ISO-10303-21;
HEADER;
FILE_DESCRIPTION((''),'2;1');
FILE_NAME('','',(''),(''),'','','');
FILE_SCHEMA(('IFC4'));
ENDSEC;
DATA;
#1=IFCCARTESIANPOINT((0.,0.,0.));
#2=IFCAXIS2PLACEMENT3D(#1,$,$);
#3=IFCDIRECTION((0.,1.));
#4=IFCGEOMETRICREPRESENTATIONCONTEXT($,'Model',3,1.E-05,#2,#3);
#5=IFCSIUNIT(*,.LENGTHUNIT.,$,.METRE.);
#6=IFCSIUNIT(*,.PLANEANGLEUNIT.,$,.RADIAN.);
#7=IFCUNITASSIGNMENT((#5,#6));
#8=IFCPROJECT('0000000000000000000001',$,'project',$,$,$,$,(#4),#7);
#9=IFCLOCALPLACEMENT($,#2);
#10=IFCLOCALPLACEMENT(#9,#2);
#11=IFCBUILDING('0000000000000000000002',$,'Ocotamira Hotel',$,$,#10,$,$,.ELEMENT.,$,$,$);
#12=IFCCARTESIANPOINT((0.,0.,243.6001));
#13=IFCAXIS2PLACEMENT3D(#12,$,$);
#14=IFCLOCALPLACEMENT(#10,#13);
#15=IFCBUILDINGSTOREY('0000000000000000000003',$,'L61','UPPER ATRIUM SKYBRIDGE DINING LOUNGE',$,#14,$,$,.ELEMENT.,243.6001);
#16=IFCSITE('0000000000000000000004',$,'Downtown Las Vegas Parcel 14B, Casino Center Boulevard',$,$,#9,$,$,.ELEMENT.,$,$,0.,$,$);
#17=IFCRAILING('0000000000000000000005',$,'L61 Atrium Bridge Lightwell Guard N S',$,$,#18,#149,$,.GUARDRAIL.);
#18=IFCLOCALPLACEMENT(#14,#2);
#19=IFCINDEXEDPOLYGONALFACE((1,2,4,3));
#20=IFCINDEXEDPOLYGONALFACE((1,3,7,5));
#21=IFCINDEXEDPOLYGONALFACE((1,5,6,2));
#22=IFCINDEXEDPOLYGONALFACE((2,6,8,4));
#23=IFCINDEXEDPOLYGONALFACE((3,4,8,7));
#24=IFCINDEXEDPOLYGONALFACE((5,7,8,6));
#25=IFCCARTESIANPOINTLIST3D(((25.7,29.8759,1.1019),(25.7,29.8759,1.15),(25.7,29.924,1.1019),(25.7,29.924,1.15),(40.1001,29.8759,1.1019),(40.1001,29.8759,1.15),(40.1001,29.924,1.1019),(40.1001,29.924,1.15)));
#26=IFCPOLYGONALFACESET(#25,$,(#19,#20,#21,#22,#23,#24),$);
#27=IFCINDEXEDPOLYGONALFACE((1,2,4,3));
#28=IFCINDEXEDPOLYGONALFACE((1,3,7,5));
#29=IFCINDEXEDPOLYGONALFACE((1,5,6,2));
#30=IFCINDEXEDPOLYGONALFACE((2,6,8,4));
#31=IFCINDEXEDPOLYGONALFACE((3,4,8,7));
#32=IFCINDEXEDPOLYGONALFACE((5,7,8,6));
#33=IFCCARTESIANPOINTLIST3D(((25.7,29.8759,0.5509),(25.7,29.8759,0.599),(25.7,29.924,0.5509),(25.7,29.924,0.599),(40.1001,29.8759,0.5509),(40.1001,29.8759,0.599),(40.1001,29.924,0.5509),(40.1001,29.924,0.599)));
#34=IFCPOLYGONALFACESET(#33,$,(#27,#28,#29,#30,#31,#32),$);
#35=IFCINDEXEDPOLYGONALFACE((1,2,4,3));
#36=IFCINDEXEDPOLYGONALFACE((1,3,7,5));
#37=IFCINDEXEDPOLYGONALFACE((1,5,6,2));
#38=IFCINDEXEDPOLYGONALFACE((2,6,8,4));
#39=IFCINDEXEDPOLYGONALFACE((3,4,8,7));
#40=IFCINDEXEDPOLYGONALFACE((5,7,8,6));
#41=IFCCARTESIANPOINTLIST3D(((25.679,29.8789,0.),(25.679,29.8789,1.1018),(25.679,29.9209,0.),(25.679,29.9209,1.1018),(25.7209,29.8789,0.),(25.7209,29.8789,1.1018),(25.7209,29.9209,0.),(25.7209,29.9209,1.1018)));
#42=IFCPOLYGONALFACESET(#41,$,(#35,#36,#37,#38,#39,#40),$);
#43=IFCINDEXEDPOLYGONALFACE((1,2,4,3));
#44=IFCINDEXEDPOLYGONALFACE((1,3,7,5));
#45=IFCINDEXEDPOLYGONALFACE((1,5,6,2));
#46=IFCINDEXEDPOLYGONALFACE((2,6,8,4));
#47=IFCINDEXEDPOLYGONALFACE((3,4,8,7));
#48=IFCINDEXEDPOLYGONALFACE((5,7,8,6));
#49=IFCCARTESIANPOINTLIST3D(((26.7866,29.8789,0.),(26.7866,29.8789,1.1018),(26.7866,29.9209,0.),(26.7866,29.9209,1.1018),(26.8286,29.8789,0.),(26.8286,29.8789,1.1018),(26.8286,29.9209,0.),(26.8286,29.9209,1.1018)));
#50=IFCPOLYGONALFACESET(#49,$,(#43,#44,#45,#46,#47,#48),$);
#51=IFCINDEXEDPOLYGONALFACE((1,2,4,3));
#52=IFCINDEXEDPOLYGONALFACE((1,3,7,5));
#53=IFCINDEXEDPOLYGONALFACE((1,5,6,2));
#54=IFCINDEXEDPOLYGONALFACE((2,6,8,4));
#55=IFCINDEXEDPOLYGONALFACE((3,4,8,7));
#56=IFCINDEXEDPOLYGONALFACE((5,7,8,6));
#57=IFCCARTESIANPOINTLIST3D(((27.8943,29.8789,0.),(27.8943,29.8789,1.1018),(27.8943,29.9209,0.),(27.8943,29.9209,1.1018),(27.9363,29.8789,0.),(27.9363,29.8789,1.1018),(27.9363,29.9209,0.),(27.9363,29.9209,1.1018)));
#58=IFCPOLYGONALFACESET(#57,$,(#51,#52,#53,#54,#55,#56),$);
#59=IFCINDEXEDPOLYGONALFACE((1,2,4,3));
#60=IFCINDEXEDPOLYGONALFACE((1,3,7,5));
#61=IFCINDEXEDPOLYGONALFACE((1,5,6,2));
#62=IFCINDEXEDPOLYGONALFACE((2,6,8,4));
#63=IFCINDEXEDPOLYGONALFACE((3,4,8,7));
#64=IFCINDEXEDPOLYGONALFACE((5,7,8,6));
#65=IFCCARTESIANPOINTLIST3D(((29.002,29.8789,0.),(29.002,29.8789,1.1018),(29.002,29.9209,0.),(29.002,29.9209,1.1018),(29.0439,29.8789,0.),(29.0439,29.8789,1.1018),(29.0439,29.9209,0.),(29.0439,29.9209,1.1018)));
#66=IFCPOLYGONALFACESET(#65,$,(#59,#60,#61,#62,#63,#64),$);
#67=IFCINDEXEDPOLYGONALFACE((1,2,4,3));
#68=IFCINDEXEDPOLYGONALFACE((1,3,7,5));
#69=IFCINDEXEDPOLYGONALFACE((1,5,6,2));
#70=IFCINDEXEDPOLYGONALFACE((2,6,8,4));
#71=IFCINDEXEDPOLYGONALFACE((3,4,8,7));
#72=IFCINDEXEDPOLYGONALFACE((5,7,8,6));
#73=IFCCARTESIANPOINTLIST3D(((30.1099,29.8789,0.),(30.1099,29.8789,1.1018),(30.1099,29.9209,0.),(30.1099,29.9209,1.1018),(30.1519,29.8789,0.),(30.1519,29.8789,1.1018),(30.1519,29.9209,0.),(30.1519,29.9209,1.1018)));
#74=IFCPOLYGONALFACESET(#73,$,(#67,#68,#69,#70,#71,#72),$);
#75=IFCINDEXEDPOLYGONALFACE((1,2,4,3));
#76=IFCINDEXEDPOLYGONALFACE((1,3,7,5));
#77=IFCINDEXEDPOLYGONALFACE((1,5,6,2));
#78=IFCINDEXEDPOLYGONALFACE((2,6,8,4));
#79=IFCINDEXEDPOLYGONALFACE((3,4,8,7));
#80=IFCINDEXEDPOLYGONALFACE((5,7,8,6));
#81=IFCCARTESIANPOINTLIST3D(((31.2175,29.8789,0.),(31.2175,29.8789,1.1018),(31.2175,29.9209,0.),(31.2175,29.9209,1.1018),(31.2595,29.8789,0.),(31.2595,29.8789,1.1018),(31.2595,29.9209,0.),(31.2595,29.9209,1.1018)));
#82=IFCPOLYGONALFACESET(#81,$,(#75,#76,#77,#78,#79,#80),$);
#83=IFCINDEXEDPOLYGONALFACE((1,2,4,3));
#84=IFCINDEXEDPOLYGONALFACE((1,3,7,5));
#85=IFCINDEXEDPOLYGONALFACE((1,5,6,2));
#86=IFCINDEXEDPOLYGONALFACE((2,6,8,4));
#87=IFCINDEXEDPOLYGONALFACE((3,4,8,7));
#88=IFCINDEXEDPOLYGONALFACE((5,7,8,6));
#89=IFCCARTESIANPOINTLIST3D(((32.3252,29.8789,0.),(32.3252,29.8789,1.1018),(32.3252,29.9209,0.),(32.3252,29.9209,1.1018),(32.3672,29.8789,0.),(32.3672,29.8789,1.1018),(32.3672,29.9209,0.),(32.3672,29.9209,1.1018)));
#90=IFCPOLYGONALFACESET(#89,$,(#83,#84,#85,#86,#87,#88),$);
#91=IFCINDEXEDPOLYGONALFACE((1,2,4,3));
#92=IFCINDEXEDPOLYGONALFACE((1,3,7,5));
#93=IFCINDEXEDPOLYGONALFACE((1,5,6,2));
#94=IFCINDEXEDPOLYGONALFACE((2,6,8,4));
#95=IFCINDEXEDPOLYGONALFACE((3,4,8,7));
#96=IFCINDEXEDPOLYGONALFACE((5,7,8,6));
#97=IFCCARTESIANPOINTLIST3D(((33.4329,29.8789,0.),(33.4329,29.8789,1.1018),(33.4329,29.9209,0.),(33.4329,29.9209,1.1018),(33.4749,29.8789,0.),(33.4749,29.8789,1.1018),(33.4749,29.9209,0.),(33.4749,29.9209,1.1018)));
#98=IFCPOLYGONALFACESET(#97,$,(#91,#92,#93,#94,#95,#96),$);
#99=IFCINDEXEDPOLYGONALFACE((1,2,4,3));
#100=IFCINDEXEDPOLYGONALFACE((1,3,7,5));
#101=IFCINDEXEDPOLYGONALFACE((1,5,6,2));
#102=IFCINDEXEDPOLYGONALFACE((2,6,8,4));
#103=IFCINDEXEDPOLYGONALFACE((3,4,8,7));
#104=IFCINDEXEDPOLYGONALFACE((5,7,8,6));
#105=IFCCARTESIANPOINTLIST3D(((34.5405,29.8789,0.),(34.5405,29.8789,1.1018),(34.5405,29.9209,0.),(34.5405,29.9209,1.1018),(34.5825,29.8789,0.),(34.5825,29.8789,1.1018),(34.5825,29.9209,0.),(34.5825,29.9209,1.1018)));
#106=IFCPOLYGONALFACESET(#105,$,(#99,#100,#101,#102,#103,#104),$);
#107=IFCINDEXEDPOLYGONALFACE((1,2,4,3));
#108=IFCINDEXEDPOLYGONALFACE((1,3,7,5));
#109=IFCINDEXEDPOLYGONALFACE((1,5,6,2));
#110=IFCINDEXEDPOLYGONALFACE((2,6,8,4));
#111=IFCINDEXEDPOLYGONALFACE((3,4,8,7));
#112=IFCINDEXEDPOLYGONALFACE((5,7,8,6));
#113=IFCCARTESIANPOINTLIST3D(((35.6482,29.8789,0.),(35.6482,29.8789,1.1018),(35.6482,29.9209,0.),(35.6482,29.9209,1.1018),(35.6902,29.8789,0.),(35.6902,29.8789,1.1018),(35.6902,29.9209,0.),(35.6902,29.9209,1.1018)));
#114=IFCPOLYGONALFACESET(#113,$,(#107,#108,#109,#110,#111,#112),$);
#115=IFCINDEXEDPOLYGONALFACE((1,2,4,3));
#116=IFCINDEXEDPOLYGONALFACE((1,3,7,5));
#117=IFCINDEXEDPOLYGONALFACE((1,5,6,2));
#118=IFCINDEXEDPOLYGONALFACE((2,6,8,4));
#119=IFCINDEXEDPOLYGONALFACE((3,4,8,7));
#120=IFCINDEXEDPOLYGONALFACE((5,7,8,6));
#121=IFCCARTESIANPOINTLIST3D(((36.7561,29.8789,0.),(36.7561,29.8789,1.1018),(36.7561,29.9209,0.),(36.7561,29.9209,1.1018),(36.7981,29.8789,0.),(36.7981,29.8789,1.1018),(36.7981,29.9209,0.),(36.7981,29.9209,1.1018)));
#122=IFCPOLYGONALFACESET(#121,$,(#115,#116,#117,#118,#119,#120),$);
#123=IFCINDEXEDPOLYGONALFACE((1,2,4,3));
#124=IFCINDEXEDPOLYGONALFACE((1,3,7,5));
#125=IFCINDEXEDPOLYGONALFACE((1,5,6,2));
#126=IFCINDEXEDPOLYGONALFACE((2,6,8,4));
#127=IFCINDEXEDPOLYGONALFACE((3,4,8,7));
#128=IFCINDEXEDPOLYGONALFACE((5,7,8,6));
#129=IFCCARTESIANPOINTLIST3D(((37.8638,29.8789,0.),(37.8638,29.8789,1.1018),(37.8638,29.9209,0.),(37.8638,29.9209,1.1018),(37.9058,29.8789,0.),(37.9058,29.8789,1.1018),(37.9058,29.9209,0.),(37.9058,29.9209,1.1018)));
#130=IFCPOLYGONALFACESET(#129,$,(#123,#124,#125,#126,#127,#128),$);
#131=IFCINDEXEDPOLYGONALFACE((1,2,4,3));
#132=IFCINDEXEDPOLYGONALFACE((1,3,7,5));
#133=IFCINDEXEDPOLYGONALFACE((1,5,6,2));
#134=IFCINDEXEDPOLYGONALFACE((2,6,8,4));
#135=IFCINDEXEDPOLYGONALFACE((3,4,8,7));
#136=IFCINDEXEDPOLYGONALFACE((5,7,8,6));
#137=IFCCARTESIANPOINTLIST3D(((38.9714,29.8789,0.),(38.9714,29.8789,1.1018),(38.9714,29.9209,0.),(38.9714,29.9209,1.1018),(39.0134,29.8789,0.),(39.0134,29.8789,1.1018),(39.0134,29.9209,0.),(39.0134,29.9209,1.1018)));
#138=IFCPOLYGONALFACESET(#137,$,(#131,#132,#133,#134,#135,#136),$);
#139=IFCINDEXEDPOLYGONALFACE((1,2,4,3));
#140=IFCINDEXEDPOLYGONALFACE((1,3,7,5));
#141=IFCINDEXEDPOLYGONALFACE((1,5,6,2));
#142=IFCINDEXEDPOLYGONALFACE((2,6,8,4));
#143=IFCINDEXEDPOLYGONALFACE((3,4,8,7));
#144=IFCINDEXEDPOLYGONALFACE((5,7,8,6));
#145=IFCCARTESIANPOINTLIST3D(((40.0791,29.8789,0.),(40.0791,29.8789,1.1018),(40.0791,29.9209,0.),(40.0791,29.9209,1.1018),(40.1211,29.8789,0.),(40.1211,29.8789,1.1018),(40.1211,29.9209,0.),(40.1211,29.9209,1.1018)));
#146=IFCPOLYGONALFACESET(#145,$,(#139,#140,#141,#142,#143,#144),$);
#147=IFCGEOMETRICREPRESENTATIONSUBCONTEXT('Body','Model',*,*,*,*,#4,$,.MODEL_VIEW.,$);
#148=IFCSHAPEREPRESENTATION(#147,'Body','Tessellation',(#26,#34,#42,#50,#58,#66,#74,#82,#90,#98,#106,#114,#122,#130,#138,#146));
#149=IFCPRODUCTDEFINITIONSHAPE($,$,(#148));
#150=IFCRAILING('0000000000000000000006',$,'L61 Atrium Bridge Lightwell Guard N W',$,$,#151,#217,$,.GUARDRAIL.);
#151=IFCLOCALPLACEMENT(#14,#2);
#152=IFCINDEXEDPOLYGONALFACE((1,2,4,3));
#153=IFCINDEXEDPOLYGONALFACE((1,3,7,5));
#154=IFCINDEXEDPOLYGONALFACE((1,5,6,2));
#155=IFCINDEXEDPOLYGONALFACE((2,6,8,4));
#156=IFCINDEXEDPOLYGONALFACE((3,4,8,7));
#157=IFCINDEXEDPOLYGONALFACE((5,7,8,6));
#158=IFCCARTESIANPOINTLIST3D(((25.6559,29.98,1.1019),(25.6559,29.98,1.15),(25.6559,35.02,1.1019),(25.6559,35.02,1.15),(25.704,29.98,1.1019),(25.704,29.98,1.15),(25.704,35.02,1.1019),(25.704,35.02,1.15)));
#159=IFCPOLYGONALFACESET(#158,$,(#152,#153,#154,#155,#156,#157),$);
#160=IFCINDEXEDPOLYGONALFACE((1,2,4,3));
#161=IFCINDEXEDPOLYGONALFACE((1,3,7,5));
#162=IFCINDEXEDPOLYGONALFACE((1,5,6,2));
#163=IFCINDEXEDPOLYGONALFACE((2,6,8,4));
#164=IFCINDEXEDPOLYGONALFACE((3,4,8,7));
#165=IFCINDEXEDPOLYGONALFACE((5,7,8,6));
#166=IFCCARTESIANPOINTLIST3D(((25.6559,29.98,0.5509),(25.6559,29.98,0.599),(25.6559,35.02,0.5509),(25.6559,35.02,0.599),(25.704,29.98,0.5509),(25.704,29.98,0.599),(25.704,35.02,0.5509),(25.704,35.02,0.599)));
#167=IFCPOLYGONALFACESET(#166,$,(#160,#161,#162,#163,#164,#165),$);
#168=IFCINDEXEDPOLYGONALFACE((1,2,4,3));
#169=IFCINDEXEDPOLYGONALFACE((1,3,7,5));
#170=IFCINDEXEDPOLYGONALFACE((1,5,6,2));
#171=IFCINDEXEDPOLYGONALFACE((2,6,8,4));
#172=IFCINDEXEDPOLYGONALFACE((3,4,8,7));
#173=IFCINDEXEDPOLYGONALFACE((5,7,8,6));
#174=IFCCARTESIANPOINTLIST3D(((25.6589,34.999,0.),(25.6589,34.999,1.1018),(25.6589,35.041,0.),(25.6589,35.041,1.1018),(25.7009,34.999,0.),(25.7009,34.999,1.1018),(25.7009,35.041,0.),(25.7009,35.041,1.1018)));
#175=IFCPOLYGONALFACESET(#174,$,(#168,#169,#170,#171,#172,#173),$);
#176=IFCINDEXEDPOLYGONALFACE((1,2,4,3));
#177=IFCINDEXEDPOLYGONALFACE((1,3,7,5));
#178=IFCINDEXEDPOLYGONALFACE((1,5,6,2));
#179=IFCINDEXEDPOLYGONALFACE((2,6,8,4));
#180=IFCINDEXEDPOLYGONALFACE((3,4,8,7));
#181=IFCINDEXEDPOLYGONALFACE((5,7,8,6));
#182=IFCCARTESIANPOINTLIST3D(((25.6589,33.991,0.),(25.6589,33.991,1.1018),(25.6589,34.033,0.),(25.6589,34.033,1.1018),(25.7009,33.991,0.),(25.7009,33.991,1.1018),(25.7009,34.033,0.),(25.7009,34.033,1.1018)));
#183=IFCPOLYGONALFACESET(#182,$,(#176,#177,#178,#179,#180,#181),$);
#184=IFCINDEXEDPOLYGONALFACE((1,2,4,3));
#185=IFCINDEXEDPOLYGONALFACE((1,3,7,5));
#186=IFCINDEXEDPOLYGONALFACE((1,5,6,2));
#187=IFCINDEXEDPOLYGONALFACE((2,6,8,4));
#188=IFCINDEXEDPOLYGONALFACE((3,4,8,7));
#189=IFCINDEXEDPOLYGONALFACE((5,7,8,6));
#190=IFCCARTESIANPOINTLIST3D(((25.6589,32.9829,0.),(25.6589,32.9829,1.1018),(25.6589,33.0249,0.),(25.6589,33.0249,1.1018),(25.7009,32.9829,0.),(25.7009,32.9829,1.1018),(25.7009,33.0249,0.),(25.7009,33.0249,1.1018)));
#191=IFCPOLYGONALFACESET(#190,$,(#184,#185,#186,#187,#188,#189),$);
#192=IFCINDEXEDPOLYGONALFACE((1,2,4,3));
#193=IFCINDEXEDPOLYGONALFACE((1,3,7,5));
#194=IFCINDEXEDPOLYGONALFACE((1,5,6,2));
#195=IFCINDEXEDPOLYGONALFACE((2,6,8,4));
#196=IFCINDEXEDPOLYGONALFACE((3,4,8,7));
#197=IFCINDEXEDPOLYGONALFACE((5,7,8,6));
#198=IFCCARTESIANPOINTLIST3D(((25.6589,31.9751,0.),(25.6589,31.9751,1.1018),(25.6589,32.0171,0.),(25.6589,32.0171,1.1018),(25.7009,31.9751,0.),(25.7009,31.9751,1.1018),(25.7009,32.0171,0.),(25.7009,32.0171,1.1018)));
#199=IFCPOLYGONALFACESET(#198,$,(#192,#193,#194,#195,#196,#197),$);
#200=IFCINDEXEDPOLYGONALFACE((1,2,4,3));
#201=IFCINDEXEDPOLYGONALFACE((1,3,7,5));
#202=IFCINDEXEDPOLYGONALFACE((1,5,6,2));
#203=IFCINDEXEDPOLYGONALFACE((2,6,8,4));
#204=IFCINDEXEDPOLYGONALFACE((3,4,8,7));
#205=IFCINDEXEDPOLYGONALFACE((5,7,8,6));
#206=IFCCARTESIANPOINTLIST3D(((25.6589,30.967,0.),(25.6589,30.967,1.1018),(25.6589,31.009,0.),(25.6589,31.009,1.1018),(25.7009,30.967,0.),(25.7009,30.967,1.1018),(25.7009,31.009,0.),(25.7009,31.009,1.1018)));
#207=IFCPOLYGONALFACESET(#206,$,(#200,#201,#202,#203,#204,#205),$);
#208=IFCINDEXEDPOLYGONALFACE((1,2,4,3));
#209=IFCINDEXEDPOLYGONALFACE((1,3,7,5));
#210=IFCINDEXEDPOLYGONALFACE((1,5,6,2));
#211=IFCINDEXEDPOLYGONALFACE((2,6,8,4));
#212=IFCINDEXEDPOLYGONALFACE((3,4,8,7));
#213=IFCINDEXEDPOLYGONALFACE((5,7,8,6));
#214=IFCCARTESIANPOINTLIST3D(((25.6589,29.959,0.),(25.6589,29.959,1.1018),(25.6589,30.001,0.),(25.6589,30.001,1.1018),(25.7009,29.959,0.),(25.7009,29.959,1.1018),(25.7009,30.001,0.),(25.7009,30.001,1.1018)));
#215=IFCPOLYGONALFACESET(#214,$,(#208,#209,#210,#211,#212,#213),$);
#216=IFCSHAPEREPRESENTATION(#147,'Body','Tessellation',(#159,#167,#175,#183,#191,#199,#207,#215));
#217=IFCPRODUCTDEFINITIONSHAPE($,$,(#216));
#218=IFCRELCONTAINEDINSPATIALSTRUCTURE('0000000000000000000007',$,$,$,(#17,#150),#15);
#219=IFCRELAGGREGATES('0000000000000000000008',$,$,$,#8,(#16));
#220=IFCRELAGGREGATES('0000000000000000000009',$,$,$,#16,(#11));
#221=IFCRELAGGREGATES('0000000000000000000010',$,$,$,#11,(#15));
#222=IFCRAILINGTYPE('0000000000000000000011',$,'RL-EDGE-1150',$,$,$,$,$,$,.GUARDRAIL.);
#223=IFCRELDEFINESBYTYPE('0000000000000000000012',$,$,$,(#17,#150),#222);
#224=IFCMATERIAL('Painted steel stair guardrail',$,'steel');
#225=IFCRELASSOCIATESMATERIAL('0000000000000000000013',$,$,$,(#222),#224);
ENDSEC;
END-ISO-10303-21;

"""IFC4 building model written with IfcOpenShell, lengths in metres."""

from ifc_helpers import new_model, si_unit, direction, frame, origin, origin_2d, place, context, subcontext, project, spatial, rectangle, extrude, material, type_object, element, save


model = new_model("IFC4")

# Units and contexts
model_context = context("Model", 3, precision=1e-05, world=origin(), true_north=direction((0.0, 1.0)))
body_context = subcontext(model_context, "Body", "Model", "MODEL_VIEW")
ifc_project = project(units=[si_unit("LENGTHUNIT", "METRE"), si_unit("PLANEANGLEUNIT", "RADIAN")], contexts=[model_context])

# Site, building, storey
site_placement = place(None, origin())
site = spatial("IfcSite", under=ifc_project, at=site_placement, Name="Downtown Las Vegas Parcel 14B, Casino Center Boulevard", CompositionType="ELEMENT", RefElevation=0.0)
building_placement = place(site_placement, origin())
building = spatial("IfcBuilding", under=site, at=building_placement, Name="Ocotamira Hotel", CompositionType="ELEMENT")
storey_placement = place(building_placement, frame((0.0, 0.0, 243.6001)))
storey = spatial("IfcBuildingStorey", under=building, at=storey_placement, Name="L61", Description="UPPER ATRIUM SKYBRIDGE DINING LOUNGE", CompositionType="ELEMENT", Elevation=243.6001)

# Railings
ifc_material_1 = material(Name="Painted steel stair guardrail", Category="steel")
railing_type = type_object("IfcRailingType", Name="RL-EDGE-1150", PredefinedType="GUARDRAIL", material=ifc_material_1)
railing_1_placement = place(storey_placement, frame((25.7, 29.8999, 0.0)))
element("IfcRailing", 1, at=railing_1_placement, inside=storey, type_object=railing_type, Name="L61 Atrium Bridge Lightwell Guard N S", PredefinedType="GUARDRAIL", context=body_context, shape_type="SweptSolid", body=[
    extrude(rectangle(XDim=0.0481, YDim=0.0481, at=origin_2d()), frame((0.0, 0.0, 1.126), z_axis=(1.0, 0.0, 0.0), x_axis=(0.0, 1.0, 0.0)), (0.0, 0.0, 1.0), 14.4001),
    extrude(rectangle(XDim=0.0481, YDim=0.0481, at=origin_2d()), frame((0.0, 0.0, 0.575), z_axis=(1.0, 0.0, 0.0), x_axis=(0.0, 1.0, 0.0)), (0.0, 0.0, 1.0), 14.4001),
    extrude(rectangle(XDim=0.042, YDim=0.042, at=origin_2d()), origin(), (0.0, 0.0, 1.0), 1.1018),
    extrude(rectangle(XDim=0.042, YDim=0.042, at=origin_2d()), frame((1.1077, 0.0, 0.0)), (0.0, 0.0, 1.0), 1.1018),
    extrude(rectangle(XDim=0.042, YDim=0.042, at=origin_2d()), frame((2.2153, 0.0, 0.0)), (0.0, 0.0, 1.0), 1.1018),
    extrude(rectangle(XDim=0.042, YDim=0.042, at=origin_2d()), frame((3.323, 0.0, 0.0)), (0.0, 0.0, 1.0), 1.1018),
    extrude(rectangle(XDim=0.042, YDim=0.042, at=origin_2d()), frame((4.4309, 0.0, 0.0)), (0.0, 0.0, 1.0), 1.1018),
    extrude(rectangle(XDim=0.042, YDim=0.042, at=origin_2d()), frame((5.5386, 0.0, 0.0)), (0.0, 0.0, 1.0), 1.1018),
    extrude(rectangle(XDim=0.042, YDim=0.042, at=origin_2d()), frame((6.6462, 0.0, 0.0)), (0.0, 0.0, 1.0), 1.1018),
    extrude(rectangle(XDim=0.042, YDim=0.042, at=origin_2d()), frame((7.7539, 0.0, 0.0)), (0.0, 0.0, 1.0), 1.1018),
    extrude(rectangle(XDim=0.042, YDim=0.042, at=origin_2d()), frame((8.8616, 0.0, 0.0)), (0.0, 0.0, 1.0), 1.1018),
    extrude(rectangle(XDim=0.042, YDim=0.042, at=origin_2d()), frame((9.9692, 0.0, 0.0)), (0.0, 0.0, 1.0), 1.1018),
    extrude(rectangle(XDim=0.042, YDim=0.042, at=origin_2d()), frame((11.0771, 0.0, 0.0)), (0.0, 0.0, 1.0), 1.1018),
    extrude(rectangle(XDim=0.042, YDim=0.042, at=origin_2d()), frame((12.1848, 0.0, 0.0)), (0.0, 0.0, 1.0), 1.1018),
    extrude(rectangle(XDim=0.042, YDim=0.042, at=origin_2d()), frame((13.2925, 0.0, 0.0)), (0.0, 0.0, 1.0), 1.1018),
    extrude(rectangle(XDim=0.042, YDim=0.042, at=origin_2d()), frame((14.4001, 0.0, 0.0)), (0.0, 0.0, 1.0), 1.1018),
])
railing_2_placement = place(storey_placement, frame((25.6799, 35.02, 0.0)))
element("IfcRailing", 2, at=railing_2_placement, inside=storey, type_object=railing_type, Name="L61 Atrium Bridge Lightwell Guard N W", PredefinedType="GUARDRAIL", context=body_context, shape_type="SweptSolid", body=[
    extrude(rectangle(XDim=0.0481, YDim=0.0481, at=origin_2d()), frame((0.0, 0.0, 1.126), z_axis=(0.0, -1.0, 0.0), x_axis=(1.0, 0.0, 0.0)), (0.0, 0.0, 1.0), 5.04),
    extrude(rectangle(XDim=0.0481, YDim=0.0481, at=origin_2d()), frame((0.0, 0.0, 0.575), z_axis=(0.0, -1.0, 0.0), x_axis=(1.0, 0.0, 0.0)), (0.0, 0.0, 1.0), 5.04),
    extrude(rectangle(XDim=0.042, YDim=0.042, at=origin_2d()), origin(), (0.0, 0.0, 1.0), 1.1018),
    extrude(rectangle(XDim=0.042, YDim=0.042, at=origin_2d()), frame((0.0, -1.0081, 0.0)), (0.0, 0.0, 1.0), 1.1018),
    extrude(rectangle(XDim=0.042, YDim=0.042, at=origin_2d()), frame((0.0, -2.0161, 0.0)), (0.0, 0.0, 1.0), 1.1018),
    extrude(rectangle(XDim=0.042, YDim=0.042, at=origin_2d()), frame((0.0, -3.0239, 0.0)), (0.0, 0.0, 1.0), 1.1018),
    extrude(rectangle(XDim=0.042, YDim=0.042, at=origin_2d()), frame((0.0, -4.032, 0.0)), (0.0, 0.0, 1.0), 1.1018),
    extrude(rectangle(XDim=0.042, YDim=0.042, at=origin_2d()), frame((0.0, -5.04, 0.0)), (0.0, 0.0, 1.0), 1.1018),
])

save(model, "model.ifc")
